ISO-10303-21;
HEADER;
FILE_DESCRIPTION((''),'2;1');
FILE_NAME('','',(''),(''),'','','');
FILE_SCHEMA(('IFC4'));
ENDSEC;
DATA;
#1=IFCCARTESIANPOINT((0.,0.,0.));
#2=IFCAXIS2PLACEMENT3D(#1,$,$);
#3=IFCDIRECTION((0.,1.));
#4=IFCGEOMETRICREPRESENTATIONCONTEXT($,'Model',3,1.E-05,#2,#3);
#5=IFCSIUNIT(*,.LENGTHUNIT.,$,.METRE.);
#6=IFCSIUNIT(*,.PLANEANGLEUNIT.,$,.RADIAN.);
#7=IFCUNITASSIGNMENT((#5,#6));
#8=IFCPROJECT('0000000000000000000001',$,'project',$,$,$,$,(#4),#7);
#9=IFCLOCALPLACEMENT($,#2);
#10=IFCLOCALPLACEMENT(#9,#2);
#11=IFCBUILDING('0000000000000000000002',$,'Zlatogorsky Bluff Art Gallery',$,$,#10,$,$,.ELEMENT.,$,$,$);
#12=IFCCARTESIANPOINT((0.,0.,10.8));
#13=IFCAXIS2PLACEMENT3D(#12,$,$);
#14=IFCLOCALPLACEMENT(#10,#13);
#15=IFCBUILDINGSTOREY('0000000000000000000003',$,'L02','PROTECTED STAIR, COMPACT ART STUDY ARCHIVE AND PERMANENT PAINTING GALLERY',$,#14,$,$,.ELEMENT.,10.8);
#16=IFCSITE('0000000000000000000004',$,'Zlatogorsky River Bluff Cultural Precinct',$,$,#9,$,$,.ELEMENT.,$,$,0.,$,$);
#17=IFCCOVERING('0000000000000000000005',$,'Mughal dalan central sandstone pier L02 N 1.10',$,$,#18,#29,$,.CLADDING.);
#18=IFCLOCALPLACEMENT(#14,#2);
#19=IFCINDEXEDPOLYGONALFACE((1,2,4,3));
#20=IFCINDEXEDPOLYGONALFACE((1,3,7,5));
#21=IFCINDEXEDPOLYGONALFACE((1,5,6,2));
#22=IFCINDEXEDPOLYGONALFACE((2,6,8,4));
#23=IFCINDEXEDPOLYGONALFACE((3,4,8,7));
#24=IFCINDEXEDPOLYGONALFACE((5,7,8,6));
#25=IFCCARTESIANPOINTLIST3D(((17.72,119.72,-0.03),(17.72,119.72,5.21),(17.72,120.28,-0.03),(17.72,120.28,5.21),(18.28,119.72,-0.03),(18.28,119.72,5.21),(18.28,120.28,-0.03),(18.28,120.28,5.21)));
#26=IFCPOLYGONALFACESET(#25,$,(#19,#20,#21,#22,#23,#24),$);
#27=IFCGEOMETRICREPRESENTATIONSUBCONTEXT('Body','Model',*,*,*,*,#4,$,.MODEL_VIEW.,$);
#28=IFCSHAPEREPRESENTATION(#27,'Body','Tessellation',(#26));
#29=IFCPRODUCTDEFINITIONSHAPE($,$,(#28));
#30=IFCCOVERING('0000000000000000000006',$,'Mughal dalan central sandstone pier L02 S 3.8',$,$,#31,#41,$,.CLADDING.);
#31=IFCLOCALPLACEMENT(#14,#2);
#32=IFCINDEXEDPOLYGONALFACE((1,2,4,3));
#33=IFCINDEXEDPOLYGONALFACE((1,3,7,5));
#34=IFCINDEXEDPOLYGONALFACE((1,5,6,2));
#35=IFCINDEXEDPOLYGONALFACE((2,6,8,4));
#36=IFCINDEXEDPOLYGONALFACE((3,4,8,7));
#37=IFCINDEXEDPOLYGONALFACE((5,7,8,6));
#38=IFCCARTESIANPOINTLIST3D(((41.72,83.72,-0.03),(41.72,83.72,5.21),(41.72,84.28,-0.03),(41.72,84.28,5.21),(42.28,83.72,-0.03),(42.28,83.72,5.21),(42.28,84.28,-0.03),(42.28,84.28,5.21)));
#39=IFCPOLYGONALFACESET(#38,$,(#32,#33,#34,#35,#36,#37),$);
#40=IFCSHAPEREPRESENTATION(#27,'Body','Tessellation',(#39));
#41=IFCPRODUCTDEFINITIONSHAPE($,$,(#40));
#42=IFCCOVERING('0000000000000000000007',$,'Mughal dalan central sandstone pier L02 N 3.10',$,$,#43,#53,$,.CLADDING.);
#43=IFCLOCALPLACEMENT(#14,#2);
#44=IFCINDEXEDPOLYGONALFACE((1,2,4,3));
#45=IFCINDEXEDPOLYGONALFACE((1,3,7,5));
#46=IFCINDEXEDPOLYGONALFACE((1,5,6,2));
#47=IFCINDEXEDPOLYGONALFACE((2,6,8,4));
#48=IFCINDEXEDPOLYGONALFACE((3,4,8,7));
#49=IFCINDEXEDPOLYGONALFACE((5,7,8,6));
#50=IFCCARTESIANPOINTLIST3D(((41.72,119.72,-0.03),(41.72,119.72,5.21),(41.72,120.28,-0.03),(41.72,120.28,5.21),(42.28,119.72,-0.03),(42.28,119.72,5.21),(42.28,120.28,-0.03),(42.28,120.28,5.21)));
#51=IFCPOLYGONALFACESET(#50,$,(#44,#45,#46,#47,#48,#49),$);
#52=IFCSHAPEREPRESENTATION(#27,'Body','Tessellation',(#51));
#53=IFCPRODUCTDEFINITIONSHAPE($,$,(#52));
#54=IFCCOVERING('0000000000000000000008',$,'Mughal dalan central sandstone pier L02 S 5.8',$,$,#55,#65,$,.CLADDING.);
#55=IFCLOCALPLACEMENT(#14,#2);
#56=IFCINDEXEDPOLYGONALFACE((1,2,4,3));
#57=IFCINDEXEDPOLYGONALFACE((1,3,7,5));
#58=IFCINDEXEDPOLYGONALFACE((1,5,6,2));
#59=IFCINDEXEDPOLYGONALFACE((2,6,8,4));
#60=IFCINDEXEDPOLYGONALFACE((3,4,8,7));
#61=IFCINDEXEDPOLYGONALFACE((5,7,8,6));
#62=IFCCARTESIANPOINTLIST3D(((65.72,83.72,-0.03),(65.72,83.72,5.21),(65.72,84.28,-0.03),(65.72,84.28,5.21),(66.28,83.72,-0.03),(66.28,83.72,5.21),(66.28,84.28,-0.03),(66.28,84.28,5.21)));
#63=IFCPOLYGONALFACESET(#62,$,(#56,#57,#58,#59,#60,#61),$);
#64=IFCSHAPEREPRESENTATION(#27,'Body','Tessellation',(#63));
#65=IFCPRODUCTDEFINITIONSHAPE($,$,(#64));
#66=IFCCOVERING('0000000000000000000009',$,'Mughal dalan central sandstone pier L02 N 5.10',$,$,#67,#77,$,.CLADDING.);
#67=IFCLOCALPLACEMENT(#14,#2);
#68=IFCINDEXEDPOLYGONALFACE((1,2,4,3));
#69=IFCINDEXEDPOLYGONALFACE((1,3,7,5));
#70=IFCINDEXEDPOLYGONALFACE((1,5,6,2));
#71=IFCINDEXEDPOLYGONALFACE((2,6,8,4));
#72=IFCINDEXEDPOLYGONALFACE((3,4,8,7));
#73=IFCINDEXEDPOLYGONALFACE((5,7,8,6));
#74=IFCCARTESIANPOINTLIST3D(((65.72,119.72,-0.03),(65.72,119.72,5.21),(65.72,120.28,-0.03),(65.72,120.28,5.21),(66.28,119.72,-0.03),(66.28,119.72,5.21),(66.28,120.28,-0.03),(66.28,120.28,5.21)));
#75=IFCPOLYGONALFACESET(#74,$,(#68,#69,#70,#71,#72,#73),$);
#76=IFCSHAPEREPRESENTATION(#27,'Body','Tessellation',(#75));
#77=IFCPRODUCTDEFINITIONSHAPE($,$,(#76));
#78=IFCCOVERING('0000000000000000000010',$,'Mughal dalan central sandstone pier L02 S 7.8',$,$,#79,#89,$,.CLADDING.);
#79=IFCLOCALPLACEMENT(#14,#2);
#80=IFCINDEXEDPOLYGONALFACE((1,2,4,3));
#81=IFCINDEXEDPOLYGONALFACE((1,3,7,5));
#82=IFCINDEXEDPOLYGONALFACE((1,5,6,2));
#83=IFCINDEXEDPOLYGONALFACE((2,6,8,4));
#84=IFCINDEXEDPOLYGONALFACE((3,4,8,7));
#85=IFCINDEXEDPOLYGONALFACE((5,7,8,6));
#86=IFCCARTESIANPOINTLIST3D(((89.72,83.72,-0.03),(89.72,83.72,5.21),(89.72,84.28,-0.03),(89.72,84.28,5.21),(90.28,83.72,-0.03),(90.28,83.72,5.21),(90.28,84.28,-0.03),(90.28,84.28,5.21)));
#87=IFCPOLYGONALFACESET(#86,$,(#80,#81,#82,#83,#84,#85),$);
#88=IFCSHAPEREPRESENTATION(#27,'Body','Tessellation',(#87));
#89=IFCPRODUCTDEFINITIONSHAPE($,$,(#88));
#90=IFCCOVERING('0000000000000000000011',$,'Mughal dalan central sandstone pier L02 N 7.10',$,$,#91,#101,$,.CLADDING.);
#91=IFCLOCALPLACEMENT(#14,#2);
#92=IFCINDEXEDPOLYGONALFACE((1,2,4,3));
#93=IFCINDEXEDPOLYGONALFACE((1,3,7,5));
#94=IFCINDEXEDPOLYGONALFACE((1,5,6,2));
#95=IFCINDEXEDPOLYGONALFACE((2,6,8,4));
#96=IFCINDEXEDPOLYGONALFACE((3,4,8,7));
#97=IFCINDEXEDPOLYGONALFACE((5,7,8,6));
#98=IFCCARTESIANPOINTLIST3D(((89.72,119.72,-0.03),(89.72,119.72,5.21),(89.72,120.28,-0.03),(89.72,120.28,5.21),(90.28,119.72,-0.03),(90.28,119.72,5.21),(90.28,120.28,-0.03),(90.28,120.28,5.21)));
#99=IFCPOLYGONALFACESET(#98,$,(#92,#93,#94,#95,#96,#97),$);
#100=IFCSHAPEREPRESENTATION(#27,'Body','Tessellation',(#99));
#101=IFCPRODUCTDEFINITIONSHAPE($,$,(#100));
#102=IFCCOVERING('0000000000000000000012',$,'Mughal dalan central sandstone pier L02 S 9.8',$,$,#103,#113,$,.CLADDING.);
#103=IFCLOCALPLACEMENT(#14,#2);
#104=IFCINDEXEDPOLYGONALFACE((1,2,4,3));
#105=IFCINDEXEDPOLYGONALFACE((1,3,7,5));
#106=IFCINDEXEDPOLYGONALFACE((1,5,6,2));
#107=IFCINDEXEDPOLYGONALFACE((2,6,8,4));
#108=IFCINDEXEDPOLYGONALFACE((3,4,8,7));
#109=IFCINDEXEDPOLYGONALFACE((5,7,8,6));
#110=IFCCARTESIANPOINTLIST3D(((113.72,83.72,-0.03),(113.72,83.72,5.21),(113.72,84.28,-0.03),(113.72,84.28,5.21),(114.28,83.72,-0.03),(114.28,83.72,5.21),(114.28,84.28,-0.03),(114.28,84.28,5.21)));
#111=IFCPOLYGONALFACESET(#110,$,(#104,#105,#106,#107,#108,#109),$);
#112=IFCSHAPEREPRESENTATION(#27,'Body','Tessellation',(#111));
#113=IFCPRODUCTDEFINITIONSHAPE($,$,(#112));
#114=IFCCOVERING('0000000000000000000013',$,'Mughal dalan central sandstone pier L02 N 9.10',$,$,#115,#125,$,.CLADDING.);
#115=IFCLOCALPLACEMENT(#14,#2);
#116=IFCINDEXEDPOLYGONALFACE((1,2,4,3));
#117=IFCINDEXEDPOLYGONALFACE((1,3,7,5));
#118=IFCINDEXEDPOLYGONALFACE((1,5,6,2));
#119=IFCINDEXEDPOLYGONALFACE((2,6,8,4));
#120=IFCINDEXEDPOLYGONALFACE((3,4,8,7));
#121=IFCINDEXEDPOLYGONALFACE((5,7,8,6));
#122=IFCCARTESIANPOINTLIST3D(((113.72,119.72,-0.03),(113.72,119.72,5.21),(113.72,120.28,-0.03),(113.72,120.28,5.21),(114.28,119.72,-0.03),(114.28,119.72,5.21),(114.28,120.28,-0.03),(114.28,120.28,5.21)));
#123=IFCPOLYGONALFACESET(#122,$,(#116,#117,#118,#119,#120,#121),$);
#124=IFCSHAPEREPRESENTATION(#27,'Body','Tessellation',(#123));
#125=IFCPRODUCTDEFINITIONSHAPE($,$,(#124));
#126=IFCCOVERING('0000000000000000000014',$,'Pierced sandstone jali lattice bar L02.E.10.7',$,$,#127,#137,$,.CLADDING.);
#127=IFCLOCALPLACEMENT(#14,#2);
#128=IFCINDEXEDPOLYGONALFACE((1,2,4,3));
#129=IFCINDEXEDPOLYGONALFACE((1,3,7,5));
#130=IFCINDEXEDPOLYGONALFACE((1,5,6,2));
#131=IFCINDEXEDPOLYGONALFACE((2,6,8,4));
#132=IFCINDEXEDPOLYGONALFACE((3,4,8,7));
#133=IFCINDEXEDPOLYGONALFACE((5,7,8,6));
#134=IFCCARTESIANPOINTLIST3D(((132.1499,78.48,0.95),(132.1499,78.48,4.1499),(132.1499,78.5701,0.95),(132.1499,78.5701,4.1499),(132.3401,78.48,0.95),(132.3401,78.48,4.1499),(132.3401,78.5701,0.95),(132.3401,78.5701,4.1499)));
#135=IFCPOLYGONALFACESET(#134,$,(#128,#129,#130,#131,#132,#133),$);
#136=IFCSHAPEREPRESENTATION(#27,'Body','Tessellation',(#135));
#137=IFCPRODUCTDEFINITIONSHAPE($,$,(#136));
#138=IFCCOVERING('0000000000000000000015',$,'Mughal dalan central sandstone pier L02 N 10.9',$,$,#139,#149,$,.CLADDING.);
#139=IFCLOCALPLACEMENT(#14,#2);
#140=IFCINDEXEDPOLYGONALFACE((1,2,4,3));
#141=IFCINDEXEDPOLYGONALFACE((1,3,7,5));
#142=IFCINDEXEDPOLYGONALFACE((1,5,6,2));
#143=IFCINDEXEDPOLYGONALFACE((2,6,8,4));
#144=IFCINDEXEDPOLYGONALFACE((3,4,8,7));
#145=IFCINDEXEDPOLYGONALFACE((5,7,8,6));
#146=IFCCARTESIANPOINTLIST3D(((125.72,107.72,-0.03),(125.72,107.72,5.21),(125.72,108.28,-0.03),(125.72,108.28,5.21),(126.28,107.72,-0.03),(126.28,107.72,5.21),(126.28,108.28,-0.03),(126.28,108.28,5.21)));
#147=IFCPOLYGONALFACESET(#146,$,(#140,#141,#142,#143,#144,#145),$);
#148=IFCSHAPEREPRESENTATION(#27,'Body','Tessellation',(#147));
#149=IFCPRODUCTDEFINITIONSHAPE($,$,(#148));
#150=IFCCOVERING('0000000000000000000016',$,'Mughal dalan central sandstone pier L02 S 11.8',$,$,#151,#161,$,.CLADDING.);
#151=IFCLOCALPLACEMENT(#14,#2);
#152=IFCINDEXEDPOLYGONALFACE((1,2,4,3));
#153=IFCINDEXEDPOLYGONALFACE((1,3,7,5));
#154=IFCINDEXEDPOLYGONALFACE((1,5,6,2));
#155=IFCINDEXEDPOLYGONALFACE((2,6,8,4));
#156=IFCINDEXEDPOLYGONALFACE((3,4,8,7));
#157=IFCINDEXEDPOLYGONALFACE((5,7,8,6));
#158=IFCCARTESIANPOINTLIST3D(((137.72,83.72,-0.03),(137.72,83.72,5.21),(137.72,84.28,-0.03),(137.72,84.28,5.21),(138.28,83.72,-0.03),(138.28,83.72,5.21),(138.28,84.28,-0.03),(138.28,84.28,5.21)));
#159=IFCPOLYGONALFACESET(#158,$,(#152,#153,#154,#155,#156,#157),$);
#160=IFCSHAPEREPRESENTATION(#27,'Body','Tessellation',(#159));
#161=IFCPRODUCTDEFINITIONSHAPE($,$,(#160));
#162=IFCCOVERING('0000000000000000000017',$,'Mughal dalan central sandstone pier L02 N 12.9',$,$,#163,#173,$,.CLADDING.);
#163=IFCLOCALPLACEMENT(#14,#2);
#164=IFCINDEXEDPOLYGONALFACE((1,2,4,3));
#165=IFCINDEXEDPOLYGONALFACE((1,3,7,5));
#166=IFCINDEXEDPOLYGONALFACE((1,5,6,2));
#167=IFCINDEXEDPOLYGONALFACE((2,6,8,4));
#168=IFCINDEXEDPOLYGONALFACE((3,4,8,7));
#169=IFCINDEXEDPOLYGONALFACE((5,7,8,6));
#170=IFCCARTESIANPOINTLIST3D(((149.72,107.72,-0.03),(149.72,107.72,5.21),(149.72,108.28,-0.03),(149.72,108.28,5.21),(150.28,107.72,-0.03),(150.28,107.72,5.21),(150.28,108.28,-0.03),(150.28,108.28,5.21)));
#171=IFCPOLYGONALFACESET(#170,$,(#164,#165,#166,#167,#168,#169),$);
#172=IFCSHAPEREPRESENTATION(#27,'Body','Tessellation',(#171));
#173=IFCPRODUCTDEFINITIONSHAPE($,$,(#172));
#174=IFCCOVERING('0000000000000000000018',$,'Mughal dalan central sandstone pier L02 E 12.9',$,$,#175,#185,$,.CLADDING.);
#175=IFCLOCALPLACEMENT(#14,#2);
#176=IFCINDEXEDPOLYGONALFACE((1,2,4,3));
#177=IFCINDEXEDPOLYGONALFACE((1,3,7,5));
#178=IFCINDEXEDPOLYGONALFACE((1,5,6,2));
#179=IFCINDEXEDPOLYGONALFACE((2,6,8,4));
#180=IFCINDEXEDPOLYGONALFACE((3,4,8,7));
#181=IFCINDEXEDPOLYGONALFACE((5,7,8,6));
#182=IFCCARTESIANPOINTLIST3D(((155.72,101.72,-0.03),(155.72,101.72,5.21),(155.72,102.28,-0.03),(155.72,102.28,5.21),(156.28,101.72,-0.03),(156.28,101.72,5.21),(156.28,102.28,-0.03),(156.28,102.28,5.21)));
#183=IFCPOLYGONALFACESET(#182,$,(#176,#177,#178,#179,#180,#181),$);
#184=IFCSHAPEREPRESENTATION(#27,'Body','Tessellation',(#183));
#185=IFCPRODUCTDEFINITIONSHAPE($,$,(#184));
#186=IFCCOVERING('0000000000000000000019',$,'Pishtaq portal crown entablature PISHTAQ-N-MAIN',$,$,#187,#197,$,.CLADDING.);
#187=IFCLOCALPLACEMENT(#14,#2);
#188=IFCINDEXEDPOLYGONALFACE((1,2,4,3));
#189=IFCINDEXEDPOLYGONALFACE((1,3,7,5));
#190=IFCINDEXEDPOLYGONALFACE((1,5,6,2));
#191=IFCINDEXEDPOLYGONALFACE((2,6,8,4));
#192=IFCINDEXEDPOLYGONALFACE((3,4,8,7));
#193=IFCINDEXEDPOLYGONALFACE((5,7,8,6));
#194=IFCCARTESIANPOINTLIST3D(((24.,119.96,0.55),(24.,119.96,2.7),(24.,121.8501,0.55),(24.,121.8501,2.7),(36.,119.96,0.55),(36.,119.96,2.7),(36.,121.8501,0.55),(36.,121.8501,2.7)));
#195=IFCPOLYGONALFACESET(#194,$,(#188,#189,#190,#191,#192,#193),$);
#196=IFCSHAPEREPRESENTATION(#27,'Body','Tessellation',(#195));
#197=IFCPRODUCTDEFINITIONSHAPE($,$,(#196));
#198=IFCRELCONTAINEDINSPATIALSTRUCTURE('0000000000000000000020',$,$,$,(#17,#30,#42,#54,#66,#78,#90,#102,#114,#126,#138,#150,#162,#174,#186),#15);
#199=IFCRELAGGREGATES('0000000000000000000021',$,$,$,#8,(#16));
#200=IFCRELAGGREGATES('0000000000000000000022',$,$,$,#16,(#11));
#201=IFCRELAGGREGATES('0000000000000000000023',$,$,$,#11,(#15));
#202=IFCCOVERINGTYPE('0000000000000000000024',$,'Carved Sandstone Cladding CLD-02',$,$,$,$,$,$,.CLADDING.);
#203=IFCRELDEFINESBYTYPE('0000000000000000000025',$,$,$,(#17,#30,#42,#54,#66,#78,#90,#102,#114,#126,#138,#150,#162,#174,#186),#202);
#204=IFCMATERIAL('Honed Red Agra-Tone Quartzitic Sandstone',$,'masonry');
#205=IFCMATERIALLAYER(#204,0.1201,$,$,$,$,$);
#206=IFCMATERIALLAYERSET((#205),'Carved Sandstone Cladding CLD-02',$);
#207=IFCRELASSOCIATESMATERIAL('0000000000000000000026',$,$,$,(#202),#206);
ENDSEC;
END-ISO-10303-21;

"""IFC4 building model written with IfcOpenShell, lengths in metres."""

from ifc_helpers import new_model, si_unit, direction, frame, origin, place, context, subcontext, project, spatial, polyline, outline, extrude, material, layer, layer_set, type_object, element, save


model = new_model("IFC4")

# Units and contexts
model_context = context("Model", 3, precision=1e-05, world=origin(), true_north=direction((0.0, 1.0)))
body_context = subcontext(model_context, "Body", "Model", "MODEL_VIEW")
ifc_project = project(units=[si_unit("LENGTHUNIT", "METRE"), si_unit("PLANEANGLEUNIT", "RADIAN")], contexts=[model_context])

# Site, building, storey
site_placement = place(None, origin())
site = spatial("IfcSite", under=ifc_project, at=site_placement, Name="Zlatogorsky River Bluff Cultural Precinct", CompositionType="ELEMENT", RefElevation=0.0)
building_placement = place(site_placement, origin())
building = spatial("IfcBuilding", under=site, at=building_placement, Name="Zlatogorsky Bluff Art Gallery", CompositionType="ELEMENT")
storey_placement = place(building_placement, frame((0.0, 0.0, 10.8)))
storey = spatial("IfcBuildingStorey", under=building, at=storey_placement, Name="L02", Description="PROTECTED STAIR, COMPACT ART STUDY ARCHIVE AND PERMANENT PAINTING GALLERY", CompositionType="ELEMENT", Elevation=10.8)

# Coverings
ifc_material_1 = material(Name="Honed Red Agra-Tone Quartzitic Sandstone", Category="masonry")
ifc_layer_1 = layer(ifc_material_1, 0.1201)
ifc_layer_set_1 = layer_set([ifc_layer_1], Name="Carved Sandstone Cladding CLD-02")
covering_type_1 = type_object("IfcCoveringType", Name="Carved Sandstone Cladding CLD-02", PredefinedType="CLADDING", material=ifc_layer_set_1)
covering_1_placement = place(storey_placement, frame((0.0, 0.0, -0.03)))
element("IfcCovering", 1, at=covering_1_placement, inside=storey, type_object=covering_type_1, Name="Mughal dalan central sandstone pier L02 N 1.10", PredefinedType="CLADDING", context=body_context, shape_type="SweptSolid", body=[
    extrude(outline(polyline([(17.72, 119.72), (18.28, 119.72), (18.28, 120.28), (17.72, 120.28), (17.72, 119.72)])), origin(), (0.0, 0.0, 1.0), 5.24),
])
covering_2_placement = place(storey_placement, frame((0.0, 0.0, -0.03)))
element("IfcCovering", 2, at=covering_2_placement, inside=storey, type_object=covering_type_1, Name="Mughal dalan central sandstone pier L02 S 3.8", PredefinedType="CLADDING", context=body_context, shape_type="SweptSolid", body=[
    extrude(outline(polyline([(41.72, 83.72), (42.28, 83.72), (42.28, 84.28), (41.72, 84.28), (41.72, 83.72)])), origin(), (0.0, 0.0, 1.0), 5.24),
])
covering_3_placement = place(storey_placement, frame((0.0, 0.0, -0.03)))
element("IfcCovering", 3, at=covering_3_placement, inside=storey, type_object=covering_type_1, Name="Mughal dalan central sandstone pier L02 N 3.10", PredefinedType="CLADDING", context=body_context, shape_type="SweptSolid", body=[
    extrude(outline(polyline([(41.72, 119.72), (42.28, 119.72), (42.28, 120.28), (41.72, 120.28), (41.72, 119.72)])), origin(), (0.0, 0.0, 1.0), 5.24),
])
covering_4_placement = place(storey_placement, frame((0.0, 0.0, -0.03)))
element("IfcCovering", 4, at=covering_4_placement, inside=storey, type_object=covering_type_1, Name="Mughal dalan central sandstone pier L02 S 5.8", PredefinedType="CLADDING", context=body_context, shape_type="SweptSolid", body=[
    extrude(outline(polyline([(65.72, 83.72), (66.28, 83.72), (66.28, 84.28), (65.72, 84.28), (65.72, 83.72)])), origin(), (0.0, 0.0, 1.0), 5.24),
])
covering_5_placement = place(storey_placement, frame((0.0, 0.0, -0.03)))
element("IfcCovering", 5, at=covering_5_placement, inside=storey, type_object=covering_type_1, Name="Mughal dalan central sandstone pier L02 N 5.10", PredefinedType="CLADDING", context=body_context, shape_type="SweptSolid", body=[
    extrude(outline(polyline([(65.72, 119.72), (66.28, 119.72), (66.28, 120.28), (65.72, 120.28), (65.72, 119.72)])), origin(), (0.0, 0.0, 1.0), 5.24),
])
covering_6_placement = place(storey_placement, frame((0.0, 0.0, -0.03)))
element("IfcCovering", 6, at=covering_6_placement, inside=storey, type_object=covering_type_1, Name="Mughal dalan central sandstone pier L02 S 7.8", PredefinedType="CLADDING", context=body_context, shape_type="SweptSolid", body=[
    extrude(outline(polyline([(89.72, 83.72), (90.28, 83.72), (90.28, 84.28), (89.72, 84.28), (89.72, 83.72)])), origin(), (0.0, 0.0, 1.0), 5.24),
])
covering_7_placement = place(storey_placement, frame((0.0, 0.0, -0.03)))
element("IfcCovering", 7, at=covering_7_placement, inside=storey, type_object=covering_type_1, Name="Mughal dalan central sandstone pier L02 N 7.10", PredefinedType="CLADDING", context=body_context, shape_type="SweptSolid", body=[
    extrude(outline(polyline([(89.72, 119.72), (90.28, 119.72), (90.28, 120.28), (89.72, 120.28), (89.72, 119.72)])), origin(), (0.0, 0.0, 1.0), 5.24),
])
covering_8_placement = place(storey_placement, frame((0.0, 0.0, -0.03)))
element("IfcCovering", 8, at=covering_8_placement, inside=storey, type_object=covering_type_1, Name="Mughal dalan central sandstone pier L02 S 9.8", PredefinedType="CLADDING", context=body_context, shape_type="SweptSolid", body=[
    extrude(outline(polyline([(113.72, 83.72), (114.28, 83.72), (114.28, 84.28), (113.72, 84.28), (113.72, 83.72)])), origin(), (0.0, 0.0, 1.0), 5.24),
])
covering_9_placement = place(storey_placement, frame((0.0, 0.0, -0.03)))
element("IfcCovering", 9, at=covering_9_placement, inside=storey, type_object=covering_type_1, Name="Mughal dalan central sandstone pier L02 N 9.10", PredefinedType="CLADDING", context=body_context, shape_type="SweptSolid", body=[
    extrude(outline(polyline([(113.72, 119.72), (114.28, 119.72), (114.28, 120.28), (113.72, 120.28), (113.72, 119.72)])), origin(), (0.0, 0.0, 1.0), 5.24),
])
covering_10_placement = place(storey_placement, frame((0.0, 0.0, 0.95)))
element("IfcCovering", 10, at=covering_10_placement, inside=storey, type_object=covering_type_1, Name="Pierced sandstone jali lattice bar L02.E.10.7", PredefinedType="CLADDING", context=body_context, shape_type="SweptSolid", body=[
    extrude(outline(polyline([(132.1499, 78.48), (132.1499, 78.5701), (132.3401, 78.5701), (132.3401, 78.48), (132.1499, 78.48)])), origin(), (0.0, 0.0, 1.0), 3.2),
])
covering_11_placement = place(storey_placement, frame((0.0, 0.0, -0.03)))
element("IfcCovering", 11, at=covering_11_placement, inside=storey, type_object=covering_type_1, Name="Mughal dalan central sandstone pier L02 N 10.9", PredefinedType="CLADDING", context=body_context, shape_type="SweptSolid", body=[
    extrude(outline(polyline([(125.72, 107.72), (126.28, 107.72), (126.28, 108.28), (125.72, 108.28), (125.72, 107.72)])), origin(), (0.0, 0.0, 1.0), 5.24),
])
covering_12_placement = place(storey_placement, frame((0.0, 0.0, -0.03)))
element("IfcCovering", 12, at=covering_12_placement, inside=storey, type_object=covering_type_1, Name="Mughal dalan central sandstone pier L02 S 11.8", PredefinedType="CLADDING", context=body_context, shape_type="SweptSolid", body=[
    extrude(outline(polyline([(137.72, 83.72), (138.28, 83.72), (138.28, 84.28), (137.72, 84.28), (137.72, 83.72)])), origin(), (0.0, 0.0, 1.0), 5.24),
])
covering_13_placement = place(storey_placement, frame((0.0, 0.0, -0.03)))
element("IfcCovering", 13, at=covering_13_placement, inside=storey, type_object=covering_type_1, Name="Mughal dalan central sandstone pier L02 N 12.9", PredefinedType="CLADDING", context=body_context, shape_type="SweptSolid", body=[
    extrude(outline(polyline([(149.72, 107.72), (150.28, 107.72), (150.28, 108.28), (149.72, 108.28), (149.72, 107.72)])), origin(), (0.0, 0.0, 1.0), 5.24),
])
covering_14_placement = place(storey_placement, frame((0.0, 0.0, -0.03)))
element("IfcCovering", 14, at=covering_14_placement, inside=storey, type_object=covering_type_1, Name="Mughal dalan central sandstone pier L02 E 12.9", PredefinedType="CLADDING", context=body_context, shape_type="SweptSolid", body=[
    extrude(outline(polyline([(155.72, 101.72), (156.28, 101.72), (156.28, 102.28), (155.72, 102.28), (155.72, 101.72)])), origin(), (0.0, 0.0, 1.0), 5.24),
])
covering_15_placement = place(storey_placement, frame((0.0, 0.0, 0.55)))
element("IfcCovering", 15, at=covering_15_placement, inside=storey, type_object=covering_type_1, Name="Pishtaq portal crown entablature PISHTAQ-N-MAIN", PredefinedType="CLADDING", context=body_context, shape_type="SweptSolid", body=[
    extrude(outline(polyline([(24.0, 119.96), (36.0, 119.96), (36.0, 121.8501), (24.0, 121.8501), (24.0, 119.96)])), origin(), (0.0, 0.0, 1.0), 2.1499),
])

save(model, "model.ifc")
